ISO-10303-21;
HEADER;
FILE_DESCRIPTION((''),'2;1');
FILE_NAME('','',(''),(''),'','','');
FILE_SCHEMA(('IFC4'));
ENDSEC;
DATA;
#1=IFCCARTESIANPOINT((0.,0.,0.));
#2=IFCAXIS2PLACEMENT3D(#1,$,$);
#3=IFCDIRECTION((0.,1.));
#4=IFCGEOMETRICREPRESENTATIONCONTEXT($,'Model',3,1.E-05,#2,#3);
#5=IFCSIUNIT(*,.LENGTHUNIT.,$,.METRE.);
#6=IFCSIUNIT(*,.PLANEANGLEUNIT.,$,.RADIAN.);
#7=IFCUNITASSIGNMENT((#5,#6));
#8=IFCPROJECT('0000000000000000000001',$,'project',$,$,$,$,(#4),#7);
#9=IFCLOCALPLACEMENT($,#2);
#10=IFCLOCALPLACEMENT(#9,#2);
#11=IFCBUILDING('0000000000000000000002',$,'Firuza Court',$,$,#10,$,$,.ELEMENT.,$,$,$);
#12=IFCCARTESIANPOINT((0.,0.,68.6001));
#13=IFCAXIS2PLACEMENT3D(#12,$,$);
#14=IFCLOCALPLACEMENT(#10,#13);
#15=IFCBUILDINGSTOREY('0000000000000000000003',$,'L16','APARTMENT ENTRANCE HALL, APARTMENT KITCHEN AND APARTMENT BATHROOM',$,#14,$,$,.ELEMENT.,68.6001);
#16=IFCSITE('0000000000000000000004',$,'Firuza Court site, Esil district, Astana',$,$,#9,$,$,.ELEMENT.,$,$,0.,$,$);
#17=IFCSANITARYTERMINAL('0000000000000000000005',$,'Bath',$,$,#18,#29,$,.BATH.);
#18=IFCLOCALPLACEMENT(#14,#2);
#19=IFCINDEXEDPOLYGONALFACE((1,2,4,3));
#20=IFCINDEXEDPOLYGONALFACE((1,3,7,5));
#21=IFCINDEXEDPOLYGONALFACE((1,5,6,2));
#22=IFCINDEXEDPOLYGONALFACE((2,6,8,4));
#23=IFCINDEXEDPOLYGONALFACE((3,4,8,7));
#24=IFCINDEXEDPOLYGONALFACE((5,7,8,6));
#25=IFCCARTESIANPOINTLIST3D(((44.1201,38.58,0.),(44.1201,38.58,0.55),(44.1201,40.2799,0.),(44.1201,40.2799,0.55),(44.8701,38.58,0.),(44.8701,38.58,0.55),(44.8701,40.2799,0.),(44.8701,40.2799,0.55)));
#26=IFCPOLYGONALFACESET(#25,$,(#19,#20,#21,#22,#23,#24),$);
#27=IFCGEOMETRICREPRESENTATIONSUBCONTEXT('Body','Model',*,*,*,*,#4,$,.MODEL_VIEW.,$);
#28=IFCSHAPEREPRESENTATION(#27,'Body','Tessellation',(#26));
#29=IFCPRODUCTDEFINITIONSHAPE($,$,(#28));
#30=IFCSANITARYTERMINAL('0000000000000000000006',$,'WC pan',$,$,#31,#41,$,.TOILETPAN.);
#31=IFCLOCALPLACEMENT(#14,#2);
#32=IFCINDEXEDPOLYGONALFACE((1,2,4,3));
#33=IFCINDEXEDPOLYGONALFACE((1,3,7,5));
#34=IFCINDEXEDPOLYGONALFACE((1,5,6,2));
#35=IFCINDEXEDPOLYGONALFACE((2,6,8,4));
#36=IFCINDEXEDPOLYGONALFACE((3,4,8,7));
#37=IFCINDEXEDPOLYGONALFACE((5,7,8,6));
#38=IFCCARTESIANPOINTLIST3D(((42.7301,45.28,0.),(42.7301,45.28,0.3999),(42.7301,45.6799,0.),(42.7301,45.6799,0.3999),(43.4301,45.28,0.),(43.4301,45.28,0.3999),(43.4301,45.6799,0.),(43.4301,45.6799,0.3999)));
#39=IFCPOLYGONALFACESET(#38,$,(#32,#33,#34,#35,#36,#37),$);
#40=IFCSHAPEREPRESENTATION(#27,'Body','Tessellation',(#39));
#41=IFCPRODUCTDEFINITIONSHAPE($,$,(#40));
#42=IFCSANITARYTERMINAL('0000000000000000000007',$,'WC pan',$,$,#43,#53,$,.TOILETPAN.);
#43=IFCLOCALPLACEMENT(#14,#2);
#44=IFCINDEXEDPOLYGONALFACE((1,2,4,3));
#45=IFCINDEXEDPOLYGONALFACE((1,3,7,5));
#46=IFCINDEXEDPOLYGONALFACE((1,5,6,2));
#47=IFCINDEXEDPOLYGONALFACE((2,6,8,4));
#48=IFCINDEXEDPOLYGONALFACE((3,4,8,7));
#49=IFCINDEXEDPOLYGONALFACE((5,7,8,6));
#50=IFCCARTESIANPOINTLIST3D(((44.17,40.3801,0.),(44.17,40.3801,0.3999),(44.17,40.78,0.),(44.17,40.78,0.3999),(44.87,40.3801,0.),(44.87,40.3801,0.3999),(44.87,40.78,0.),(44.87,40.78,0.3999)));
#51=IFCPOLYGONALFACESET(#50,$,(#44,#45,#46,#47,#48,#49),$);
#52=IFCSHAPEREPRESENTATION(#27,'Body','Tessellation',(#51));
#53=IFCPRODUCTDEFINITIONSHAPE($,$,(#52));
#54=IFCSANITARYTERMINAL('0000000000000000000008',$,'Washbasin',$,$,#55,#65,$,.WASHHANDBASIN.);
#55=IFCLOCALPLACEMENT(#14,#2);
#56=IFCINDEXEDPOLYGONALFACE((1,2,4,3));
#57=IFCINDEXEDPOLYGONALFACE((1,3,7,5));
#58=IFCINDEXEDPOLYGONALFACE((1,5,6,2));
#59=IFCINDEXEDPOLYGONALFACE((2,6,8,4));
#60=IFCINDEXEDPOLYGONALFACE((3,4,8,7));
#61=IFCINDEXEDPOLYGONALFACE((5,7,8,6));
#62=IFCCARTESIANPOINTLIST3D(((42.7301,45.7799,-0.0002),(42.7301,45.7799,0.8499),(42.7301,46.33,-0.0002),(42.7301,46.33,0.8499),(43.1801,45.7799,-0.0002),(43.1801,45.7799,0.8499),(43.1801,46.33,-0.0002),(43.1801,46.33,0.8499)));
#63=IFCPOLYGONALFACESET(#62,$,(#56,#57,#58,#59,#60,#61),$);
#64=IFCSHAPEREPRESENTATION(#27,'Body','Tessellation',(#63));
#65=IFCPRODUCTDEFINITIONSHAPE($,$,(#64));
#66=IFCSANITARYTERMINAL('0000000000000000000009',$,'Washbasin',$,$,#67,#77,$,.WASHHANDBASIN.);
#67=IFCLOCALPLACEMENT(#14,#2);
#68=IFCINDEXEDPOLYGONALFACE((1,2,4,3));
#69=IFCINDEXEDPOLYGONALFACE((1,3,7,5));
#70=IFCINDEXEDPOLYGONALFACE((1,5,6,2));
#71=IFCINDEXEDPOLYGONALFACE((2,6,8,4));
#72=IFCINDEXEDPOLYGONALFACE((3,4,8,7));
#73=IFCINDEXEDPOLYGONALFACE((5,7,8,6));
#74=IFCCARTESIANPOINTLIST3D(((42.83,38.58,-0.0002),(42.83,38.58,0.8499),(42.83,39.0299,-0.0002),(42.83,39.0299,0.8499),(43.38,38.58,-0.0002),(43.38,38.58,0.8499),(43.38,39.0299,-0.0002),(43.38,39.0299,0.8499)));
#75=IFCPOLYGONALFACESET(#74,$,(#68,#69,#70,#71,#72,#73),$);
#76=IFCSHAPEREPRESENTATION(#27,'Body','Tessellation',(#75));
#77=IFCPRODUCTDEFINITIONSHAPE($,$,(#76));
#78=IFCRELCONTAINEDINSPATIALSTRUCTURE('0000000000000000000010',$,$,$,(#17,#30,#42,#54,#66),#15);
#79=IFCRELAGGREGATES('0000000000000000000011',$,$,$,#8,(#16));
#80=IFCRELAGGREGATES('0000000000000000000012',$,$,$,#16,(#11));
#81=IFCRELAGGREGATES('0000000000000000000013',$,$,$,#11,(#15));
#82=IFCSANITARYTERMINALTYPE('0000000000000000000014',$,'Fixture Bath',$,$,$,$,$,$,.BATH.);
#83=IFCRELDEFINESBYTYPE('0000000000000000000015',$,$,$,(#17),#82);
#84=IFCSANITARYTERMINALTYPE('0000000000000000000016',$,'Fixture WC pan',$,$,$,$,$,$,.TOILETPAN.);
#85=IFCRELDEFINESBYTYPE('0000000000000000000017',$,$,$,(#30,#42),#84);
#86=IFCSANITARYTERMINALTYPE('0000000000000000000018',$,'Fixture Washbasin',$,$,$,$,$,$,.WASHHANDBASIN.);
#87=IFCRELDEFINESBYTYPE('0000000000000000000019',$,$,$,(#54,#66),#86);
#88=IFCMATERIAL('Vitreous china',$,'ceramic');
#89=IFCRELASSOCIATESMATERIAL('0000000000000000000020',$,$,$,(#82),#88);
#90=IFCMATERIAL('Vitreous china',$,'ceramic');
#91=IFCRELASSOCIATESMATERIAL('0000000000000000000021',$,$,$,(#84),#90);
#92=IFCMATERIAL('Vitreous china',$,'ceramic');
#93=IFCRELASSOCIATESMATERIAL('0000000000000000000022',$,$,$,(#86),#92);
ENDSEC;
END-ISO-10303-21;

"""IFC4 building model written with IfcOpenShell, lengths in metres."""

from ifc_helpers import new_model, si_unit, direction, frame, origin, origin_2d, place, context, subcontext, project, spatial, rectangle, extrude, material, type_object, element, save


model = new_model("IFC4")

# Units and contexts
model_context = context("Model", 3, precision=1e-05, world=origin(), true_north=direction((0.0, 1.0)))
body_context = subcontext(model_context, "Body", "Model", "MODEL_VIEW")
ifc_project = project(units=[si_unit("LENGTHUNIT", "METRE"), si_unit("PLANEANGLEUNIT", "RADIAN")], contexts=[model_context])

# Site, building, storey
site_placement = place(None, origin())
site = spatial("IfcSite", under=ifc_project, at=site_placement, Name="Firuza Court site, Esil district, Astana", CompositionType="ELEMENT", RefElevation=0.0)
building_placement = place(site_placement, origin())
building = spatial("IfcBuilding", under=site, at=building_placement, Name="Firuza Court", CompositionType="ELEMENT")
storey_placement = place(building_placement, frame((0.0, 0.0, 68.6001)))
storey = spatial("IfcBuildingStorey", under=building, at=storey_placement, Name="L16", Description="APARTMENT ENTRANCE HALL, APARTMENT KITCHEN AND APARTMENT BATHROOM", CompositionType="ELEMENT", Elevation=68.6001)

# Sanitary terminals
ifc_material_1 = material(Name="Vitreous china", Category="ceramic")
sanitary_terminal_type_1 = type_object("IfcSanitaryTerminalType", Name="Fixture Bath", PredefinedType="BATH", material=ifc_material_1)
for number, where, z_axis, x_axis, name in (
    (1, (44.4951, 39.4299, 0.0), (0.0, 0.0, 1.0), (1.0, 0.0, 0.0), "Bath"),
):
    element("IfcSanitaryTerminal", number, at=place(storey_placement, frame(where, z_axis=z_axis, x_axis=x_axis)), inside=storey, type_object=sanitary_terminal_type_1, Name=name, PredefinedType="BATH", context=body_context, shape_type="SweptSolid", body=[
        extrude(rectangle(XDim=0.75, YDim=1.7, at=origin_2d()), origin(), (0.0, 0.0, 1.0), 0.55),
    ])
ifc_material_2 = material(Name="Vitreous china", Category="ceramic")
sanitary_terminal_type_2 = type_object("IfcSanitaryTerminalType", Name="Fixture WC pan", PredefinedType="TOILETPAN", material=ifc_material_2)
for number, where, z_axis, x_axis, name in (
    (2, (43.0801, 45.48, 0.0), (0.0, 0.0, 1.0), (1.0, 0.0, 0.0), "WC pan"),
    (3, (44.52, 40.5801, 0.0), (0.0, 0.0, 1.0), (1.0, 0.0, 0.0), "WC pan"),
):
    element("IfcSanitaryTerminal", number, at=place(storey_placement, frame(where, z_axis=z_axis, x_axis=x_axis)), inside=storey, type_object=sanitary_terminal_type_2, Name=name, PredefinedType="TOILETPAN", context=body_context, shape_type="SweptSolid", body=[
        extrude(rectangle(XDim=0.7, YDim=0.3999, at=origin_2d()), origin(), (0.0, 0.0, 1.0), 0.3999),
    ])
ifc_material_3 = material(Name="Vitreous china", Category="ceramic")
sanitary_terminal_type_3 = type_object("IfcSanitaryTerminalType", Name="Fixture Washbasin", PredefinedType="WASHHANDBASIN", material=ifc_material_3)
sanitary_terminal_1_placement = place(storey_placement, frame((42.9551, 46.0549, -0.0002), z_axis=(0.0, 0.0, 1.0), x_axis=(1.0, 0.0, 0.0)))
element("IfcSanitaryTerminal", 4, at=sanitary_terminal_1_placement, inside=storey, type_object=sanitary_terminal_type_3, Name="Washbasin", PredefinedType="WASHHANDBASIN", context=body_context, shape_type="SweptSolid", body=[
    extrude(rectangle(XDim=0.45, YDim=0.55, at=origin_2d()), origin(), (0.0, 0.0, 1.0), 0.8501),
])
sanitary_terminal_2_placement = place(storey_placement, frame((43.105, 38.8049, -0.0002), z_axis=(0.0, 0.0, 1.0), x_axis=(1.0, 0.0, 0.0)))
element("IfcSanitaryTerminal", 5, at=sanitary_terminal_2_placement, inside=storey, type_object=sanitary_terminal_type_3, Name="Washbasin", PredefinedType="WASHHANDBASIN", context=body_context, shape_type="SweptSolid", body=[
    extrude(rectangle(XDim=0.55, YDim=0.45, at=origin_2d()), origin(), (0.0, 0.0, 1.0), 0.8501),
])

save(model, "model.ifc")
